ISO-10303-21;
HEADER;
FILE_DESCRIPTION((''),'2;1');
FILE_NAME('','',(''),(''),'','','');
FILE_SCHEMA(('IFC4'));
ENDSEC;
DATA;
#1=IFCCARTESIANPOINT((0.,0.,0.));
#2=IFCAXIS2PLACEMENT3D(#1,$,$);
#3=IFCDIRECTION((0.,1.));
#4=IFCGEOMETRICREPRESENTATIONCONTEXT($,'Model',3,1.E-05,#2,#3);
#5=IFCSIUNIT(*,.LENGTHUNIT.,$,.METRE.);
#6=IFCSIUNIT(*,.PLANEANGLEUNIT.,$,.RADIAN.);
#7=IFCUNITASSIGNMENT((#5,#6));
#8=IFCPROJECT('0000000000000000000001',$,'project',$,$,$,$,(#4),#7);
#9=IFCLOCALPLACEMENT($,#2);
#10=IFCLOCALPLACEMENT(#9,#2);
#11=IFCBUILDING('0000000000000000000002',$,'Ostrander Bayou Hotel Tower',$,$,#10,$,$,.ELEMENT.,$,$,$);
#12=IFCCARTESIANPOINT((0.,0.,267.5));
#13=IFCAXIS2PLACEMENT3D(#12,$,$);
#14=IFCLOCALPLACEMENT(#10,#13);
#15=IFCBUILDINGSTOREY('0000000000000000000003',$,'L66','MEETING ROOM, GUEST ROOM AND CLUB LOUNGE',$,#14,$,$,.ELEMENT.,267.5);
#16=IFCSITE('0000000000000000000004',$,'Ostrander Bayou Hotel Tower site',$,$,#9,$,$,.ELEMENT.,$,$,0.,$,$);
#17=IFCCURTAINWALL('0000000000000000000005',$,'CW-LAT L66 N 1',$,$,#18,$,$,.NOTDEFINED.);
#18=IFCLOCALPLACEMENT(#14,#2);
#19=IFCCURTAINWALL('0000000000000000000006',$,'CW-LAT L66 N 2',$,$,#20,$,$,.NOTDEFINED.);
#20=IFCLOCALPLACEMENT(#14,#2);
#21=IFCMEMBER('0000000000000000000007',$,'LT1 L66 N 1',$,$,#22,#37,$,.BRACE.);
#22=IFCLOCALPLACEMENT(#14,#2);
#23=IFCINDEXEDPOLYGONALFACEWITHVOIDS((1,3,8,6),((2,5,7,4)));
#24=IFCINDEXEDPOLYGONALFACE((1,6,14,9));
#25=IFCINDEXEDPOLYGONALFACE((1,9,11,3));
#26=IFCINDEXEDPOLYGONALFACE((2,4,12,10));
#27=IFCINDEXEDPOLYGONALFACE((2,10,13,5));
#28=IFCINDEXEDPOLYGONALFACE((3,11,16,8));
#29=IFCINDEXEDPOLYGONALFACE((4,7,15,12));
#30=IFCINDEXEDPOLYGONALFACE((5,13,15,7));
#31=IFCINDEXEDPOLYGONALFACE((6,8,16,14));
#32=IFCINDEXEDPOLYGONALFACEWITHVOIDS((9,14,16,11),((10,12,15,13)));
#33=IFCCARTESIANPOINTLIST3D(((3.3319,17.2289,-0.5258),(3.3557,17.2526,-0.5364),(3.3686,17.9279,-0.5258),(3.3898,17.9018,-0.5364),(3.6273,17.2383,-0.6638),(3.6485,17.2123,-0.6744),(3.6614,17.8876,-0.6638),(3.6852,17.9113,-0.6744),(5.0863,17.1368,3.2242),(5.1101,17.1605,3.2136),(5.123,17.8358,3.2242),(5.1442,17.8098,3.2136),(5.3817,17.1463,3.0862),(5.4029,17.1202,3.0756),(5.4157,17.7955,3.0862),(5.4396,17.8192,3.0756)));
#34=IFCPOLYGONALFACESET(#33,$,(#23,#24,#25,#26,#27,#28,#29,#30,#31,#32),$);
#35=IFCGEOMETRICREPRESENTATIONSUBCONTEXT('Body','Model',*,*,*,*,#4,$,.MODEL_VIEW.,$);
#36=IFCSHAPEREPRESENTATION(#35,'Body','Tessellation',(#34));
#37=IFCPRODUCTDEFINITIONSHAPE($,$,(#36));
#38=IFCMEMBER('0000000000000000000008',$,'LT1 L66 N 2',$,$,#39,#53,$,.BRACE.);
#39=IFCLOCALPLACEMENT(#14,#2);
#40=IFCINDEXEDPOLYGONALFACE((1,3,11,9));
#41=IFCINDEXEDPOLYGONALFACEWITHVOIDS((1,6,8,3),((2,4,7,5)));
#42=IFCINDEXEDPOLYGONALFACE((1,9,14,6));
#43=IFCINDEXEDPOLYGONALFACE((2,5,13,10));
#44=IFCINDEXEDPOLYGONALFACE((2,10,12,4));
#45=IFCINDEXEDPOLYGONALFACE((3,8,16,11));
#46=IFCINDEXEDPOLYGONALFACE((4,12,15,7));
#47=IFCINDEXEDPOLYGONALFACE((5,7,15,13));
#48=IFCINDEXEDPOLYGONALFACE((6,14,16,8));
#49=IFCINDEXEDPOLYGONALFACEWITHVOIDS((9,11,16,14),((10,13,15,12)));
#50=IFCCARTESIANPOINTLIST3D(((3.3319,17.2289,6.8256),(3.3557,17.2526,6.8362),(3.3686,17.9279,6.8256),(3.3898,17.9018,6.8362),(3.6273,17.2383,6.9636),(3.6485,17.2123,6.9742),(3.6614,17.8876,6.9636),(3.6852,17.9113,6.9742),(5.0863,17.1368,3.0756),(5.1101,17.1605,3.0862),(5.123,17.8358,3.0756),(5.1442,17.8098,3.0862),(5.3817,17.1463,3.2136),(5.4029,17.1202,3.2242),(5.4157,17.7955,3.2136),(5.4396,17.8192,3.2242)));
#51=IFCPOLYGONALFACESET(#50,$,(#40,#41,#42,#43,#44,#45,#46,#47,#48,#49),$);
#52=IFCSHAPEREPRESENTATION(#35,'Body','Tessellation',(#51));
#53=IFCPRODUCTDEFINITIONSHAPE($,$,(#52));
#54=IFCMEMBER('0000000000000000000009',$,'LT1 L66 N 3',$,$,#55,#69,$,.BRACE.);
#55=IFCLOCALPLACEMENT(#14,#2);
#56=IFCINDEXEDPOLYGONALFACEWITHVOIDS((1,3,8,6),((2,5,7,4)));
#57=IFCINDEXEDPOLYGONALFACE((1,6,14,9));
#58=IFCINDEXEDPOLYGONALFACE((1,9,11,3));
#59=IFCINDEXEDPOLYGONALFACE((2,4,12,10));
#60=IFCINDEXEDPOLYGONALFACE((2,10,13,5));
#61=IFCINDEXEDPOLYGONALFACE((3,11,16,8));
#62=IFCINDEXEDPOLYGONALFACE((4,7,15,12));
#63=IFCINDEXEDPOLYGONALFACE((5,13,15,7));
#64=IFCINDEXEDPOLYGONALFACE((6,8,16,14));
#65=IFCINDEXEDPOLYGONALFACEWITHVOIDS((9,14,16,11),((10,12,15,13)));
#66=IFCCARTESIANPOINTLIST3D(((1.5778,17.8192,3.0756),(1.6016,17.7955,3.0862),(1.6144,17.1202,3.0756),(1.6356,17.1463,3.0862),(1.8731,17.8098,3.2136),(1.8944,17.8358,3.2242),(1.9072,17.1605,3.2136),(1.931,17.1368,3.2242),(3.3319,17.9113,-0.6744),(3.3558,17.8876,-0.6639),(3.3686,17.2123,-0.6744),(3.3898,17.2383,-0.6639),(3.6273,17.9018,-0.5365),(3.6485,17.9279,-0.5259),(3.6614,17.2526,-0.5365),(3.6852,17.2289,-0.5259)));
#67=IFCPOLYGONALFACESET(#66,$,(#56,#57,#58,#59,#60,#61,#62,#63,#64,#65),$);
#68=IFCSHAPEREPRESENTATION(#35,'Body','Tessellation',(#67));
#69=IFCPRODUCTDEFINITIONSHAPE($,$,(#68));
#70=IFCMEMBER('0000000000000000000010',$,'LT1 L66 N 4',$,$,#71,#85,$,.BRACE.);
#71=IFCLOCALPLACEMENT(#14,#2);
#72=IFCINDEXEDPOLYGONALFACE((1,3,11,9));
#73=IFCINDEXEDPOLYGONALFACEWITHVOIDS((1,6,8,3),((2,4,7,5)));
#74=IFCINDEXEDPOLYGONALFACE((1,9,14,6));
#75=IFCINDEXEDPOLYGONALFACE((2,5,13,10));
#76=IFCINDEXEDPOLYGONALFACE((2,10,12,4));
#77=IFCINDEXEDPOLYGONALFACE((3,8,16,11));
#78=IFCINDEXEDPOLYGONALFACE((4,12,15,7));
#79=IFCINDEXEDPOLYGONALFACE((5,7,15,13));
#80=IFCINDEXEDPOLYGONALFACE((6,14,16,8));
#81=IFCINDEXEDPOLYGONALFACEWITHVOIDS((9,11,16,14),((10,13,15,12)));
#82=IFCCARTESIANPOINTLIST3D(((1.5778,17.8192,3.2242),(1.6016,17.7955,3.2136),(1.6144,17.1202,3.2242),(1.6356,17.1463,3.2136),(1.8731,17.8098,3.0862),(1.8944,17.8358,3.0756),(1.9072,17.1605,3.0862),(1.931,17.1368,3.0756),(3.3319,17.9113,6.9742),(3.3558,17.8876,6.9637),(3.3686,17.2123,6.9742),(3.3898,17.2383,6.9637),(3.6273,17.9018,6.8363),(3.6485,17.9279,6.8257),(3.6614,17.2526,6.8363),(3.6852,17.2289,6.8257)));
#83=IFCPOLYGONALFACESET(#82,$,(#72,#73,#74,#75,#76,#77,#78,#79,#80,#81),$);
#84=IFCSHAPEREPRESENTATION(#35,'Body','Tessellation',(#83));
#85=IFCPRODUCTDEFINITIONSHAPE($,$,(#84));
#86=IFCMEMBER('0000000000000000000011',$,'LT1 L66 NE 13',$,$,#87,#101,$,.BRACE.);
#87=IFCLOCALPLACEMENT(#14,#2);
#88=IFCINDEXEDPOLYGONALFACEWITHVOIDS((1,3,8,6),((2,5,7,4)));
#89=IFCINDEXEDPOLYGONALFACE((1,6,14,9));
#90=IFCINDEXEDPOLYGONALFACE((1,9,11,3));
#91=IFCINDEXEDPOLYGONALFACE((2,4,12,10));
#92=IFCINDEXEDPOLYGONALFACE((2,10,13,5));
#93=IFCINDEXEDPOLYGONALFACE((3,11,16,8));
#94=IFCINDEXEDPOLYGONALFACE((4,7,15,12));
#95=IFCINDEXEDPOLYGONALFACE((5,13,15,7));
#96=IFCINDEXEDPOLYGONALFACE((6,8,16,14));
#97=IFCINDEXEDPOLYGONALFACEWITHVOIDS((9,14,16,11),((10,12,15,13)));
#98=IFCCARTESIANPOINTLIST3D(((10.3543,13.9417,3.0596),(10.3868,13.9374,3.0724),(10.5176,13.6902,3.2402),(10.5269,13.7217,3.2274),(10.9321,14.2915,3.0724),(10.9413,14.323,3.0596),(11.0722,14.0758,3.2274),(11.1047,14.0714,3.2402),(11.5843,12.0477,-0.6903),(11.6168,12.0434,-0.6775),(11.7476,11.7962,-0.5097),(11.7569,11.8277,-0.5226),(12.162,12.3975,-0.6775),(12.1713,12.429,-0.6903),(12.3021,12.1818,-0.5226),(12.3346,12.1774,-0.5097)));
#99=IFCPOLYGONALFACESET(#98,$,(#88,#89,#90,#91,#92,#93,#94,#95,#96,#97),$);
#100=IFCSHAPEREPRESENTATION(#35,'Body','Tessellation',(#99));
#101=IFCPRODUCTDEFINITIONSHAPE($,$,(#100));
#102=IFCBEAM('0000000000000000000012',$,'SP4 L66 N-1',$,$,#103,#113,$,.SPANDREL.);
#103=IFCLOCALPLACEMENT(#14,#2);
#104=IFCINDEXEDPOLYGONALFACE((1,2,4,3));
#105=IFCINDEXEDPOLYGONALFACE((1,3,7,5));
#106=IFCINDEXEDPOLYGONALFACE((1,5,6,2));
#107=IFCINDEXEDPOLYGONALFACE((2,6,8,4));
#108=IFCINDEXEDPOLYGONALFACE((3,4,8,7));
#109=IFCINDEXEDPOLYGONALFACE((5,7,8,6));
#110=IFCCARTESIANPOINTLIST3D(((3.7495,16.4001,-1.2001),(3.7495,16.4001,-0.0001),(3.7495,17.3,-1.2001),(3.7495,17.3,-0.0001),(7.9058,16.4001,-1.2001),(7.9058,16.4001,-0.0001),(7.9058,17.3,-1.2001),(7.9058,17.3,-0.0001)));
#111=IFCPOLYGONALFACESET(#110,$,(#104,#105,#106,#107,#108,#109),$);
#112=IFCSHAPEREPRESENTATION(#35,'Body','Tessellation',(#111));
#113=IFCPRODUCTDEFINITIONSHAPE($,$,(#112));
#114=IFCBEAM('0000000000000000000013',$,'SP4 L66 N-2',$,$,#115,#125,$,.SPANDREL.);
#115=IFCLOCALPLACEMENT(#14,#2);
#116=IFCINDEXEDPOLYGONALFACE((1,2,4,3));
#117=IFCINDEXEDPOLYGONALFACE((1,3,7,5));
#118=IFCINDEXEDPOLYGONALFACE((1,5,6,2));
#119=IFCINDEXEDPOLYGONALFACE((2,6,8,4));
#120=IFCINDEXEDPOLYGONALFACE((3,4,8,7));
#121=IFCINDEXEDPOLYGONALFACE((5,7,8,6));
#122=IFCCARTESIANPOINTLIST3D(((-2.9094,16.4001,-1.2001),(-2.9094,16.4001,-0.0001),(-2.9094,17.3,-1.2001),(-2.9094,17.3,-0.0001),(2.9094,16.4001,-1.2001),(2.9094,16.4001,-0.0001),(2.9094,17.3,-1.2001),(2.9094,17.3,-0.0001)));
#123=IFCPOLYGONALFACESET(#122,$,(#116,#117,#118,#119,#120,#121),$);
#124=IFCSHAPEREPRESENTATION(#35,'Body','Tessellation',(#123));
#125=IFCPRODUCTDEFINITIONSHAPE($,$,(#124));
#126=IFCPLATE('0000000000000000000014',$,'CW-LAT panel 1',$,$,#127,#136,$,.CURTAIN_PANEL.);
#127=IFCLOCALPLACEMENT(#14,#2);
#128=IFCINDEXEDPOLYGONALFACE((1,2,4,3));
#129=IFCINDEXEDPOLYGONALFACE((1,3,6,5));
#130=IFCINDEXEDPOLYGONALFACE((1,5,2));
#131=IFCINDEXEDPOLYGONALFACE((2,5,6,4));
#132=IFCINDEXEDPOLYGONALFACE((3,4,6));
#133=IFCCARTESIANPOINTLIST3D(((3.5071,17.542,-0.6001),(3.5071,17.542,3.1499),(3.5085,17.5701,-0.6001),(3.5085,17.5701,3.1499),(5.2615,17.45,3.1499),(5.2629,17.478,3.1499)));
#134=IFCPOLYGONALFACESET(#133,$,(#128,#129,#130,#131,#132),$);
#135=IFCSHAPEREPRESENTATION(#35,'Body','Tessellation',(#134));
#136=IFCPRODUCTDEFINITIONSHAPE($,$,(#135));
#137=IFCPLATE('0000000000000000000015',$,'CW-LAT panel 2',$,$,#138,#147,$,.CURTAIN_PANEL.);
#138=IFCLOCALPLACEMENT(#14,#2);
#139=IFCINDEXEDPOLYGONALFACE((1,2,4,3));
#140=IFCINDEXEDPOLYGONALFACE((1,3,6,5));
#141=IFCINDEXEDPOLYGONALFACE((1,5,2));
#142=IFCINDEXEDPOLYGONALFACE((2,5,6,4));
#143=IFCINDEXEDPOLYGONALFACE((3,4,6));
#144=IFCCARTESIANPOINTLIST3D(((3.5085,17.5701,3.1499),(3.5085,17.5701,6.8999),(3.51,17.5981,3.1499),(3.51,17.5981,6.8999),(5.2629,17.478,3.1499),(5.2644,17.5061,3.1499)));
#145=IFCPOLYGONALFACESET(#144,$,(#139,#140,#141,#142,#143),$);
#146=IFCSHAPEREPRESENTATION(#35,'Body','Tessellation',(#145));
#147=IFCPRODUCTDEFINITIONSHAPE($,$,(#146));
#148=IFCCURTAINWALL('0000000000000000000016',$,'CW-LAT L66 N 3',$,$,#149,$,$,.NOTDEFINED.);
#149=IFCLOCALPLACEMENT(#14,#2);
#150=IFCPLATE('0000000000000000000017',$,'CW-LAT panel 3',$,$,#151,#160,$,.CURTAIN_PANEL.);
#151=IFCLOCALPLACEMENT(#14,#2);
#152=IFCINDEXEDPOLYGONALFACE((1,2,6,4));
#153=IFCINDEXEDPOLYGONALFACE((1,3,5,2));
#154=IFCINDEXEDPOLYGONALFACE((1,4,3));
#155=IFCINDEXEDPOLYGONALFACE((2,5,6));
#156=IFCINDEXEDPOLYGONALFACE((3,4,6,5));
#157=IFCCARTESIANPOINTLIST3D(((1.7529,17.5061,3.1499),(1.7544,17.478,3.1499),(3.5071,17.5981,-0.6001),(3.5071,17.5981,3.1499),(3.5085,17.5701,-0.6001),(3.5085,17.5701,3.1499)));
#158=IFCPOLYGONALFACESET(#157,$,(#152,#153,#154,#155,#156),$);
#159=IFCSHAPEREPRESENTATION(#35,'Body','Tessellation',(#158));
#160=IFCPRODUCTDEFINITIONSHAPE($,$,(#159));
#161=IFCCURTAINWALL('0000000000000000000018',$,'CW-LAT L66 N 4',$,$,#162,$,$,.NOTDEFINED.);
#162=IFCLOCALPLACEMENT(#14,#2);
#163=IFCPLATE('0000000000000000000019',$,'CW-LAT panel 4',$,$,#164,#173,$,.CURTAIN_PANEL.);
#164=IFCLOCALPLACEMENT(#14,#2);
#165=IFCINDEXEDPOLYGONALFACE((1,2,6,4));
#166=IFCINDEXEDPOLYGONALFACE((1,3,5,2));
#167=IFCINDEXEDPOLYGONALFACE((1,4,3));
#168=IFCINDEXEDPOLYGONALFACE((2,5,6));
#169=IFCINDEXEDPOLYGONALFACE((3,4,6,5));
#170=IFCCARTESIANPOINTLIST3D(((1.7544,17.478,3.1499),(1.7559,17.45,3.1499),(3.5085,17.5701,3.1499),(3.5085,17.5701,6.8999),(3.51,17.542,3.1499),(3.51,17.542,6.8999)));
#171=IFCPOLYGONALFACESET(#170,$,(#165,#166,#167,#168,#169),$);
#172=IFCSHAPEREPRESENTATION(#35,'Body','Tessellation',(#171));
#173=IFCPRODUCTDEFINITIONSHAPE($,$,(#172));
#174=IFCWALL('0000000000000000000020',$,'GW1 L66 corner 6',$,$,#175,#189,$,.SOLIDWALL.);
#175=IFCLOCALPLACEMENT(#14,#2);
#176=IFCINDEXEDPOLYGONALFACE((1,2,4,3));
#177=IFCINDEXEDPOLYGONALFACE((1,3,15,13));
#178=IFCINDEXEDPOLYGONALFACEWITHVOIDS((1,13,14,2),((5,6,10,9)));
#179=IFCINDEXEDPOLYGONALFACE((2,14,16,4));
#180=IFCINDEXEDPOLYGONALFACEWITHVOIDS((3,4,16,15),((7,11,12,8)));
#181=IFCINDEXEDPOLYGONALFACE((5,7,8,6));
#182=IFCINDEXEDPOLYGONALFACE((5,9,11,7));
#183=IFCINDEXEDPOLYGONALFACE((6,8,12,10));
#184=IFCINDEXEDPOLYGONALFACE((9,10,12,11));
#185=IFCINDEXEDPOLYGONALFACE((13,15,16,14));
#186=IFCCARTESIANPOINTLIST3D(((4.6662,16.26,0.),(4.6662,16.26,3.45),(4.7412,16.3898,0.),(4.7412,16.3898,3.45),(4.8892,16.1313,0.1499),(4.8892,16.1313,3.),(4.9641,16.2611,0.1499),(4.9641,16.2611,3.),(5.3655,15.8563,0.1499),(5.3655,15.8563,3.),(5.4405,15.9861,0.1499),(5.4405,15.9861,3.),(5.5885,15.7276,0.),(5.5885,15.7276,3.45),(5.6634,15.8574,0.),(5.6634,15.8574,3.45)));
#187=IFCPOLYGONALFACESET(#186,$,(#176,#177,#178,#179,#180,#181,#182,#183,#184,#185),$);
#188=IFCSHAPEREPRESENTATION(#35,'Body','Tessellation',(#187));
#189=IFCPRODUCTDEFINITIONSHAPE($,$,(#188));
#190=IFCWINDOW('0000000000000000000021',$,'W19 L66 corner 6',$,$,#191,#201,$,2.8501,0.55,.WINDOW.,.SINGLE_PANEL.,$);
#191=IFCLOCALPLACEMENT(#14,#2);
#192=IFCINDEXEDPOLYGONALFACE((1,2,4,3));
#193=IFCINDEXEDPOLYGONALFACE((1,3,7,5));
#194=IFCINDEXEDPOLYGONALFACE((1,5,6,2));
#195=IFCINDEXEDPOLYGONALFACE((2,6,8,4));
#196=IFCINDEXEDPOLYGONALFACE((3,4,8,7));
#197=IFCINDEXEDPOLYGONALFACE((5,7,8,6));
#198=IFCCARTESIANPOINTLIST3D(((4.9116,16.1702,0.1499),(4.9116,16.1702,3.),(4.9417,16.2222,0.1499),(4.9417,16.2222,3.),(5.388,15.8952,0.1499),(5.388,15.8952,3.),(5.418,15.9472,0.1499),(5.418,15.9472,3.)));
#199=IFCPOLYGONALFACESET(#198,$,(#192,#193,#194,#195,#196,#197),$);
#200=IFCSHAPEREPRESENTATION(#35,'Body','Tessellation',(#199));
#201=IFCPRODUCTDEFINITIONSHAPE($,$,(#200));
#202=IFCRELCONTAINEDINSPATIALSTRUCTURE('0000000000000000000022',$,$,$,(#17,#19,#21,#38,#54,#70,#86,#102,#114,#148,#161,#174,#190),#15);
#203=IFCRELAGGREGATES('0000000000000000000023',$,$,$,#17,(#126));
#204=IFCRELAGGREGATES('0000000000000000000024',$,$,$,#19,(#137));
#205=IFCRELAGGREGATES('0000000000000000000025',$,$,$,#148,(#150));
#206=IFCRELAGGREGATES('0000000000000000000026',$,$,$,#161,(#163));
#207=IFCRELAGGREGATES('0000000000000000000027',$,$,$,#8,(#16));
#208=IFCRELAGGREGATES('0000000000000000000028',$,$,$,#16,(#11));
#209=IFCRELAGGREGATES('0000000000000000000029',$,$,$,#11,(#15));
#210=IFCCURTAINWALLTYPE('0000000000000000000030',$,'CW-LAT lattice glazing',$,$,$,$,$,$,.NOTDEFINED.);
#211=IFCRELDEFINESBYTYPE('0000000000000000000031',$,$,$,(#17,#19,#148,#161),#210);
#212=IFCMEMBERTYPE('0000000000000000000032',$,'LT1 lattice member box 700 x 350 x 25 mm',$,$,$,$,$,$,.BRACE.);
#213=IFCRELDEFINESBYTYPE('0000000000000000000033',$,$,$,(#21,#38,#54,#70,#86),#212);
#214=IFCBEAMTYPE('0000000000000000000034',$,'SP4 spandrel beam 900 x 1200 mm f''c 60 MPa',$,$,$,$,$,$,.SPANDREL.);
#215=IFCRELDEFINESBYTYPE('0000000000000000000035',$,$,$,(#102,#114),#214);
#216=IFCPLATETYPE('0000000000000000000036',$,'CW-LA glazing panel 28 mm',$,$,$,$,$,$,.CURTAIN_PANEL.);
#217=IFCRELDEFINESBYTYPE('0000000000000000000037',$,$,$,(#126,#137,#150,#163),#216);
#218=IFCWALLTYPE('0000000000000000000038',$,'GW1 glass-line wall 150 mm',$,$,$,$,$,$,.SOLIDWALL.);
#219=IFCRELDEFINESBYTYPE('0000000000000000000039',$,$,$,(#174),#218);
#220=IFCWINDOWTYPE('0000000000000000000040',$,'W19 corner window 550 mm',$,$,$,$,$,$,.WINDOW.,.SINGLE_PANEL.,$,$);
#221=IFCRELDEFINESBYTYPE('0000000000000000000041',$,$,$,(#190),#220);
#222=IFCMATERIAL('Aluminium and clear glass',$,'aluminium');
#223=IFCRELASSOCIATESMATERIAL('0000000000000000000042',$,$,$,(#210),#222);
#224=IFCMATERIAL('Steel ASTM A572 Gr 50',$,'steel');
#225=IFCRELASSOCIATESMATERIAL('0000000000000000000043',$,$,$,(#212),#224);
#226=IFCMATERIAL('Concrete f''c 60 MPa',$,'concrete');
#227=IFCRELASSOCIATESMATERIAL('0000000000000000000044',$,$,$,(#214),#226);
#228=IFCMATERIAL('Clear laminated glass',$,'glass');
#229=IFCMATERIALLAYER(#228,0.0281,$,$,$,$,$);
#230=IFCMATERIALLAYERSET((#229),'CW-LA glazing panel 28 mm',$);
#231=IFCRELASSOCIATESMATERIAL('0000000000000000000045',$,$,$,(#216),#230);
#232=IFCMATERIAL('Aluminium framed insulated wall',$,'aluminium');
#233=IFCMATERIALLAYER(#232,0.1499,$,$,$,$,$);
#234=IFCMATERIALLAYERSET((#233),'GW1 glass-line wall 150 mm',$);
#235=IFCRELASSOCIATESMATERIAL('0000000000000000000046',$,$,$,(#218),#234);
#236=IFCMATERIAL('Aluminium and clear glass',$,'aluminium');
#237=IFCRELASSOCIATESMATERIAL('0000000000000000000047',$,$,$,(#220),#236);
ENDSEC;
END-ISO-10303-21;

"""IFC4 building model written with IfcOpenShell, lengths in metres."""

from ifc_helpers import new_model, si_unit, direction, frame, frame_2d, origin, origin_2d, place, context, subcontext, project, spatial, polyline, rectangle, hollow_rectangle, outline, extrude, material, layer, layer_set, material_profile, profile_set, type_object, element, fill, aggregate, save


model = new_model("IFC4")

# Units and contexts
model_context = context("Model", 3, precision=1e-05, world=origin(), true_north=direction((0.0, 1.0)))
body_context = subcontext(model_context, "Body", "Model", "MODEL_VIEW")
ifc_project = project(units=[si_unit("LENGTHUNIT", "METRE"), si_unit("PLANEANGLEUNIT", "RADIAN")], contexts=[model_context])

# Site, building, storey
site_placement = place(None, origin())
site = spatial("IfcSite", under=ifc_project, at=site_placement, Name="Ostrander Bayou Hotel Tower site", CompositionType="ELEMENT", RefElevation=0.0)
building_placement = place(site_placement, origin())
building = spatial("IfcBuilding", under=site, at=building_placement, Name="Ostrander Bayou Hotel Tower", CompositionType="ELEMENT")
storey_placement = place(building_placement, frame((0.0, 0.0, 267.5)))
storey = spatial("IfcBuildingStorey", under=building, at=storey_placement, Name="L66", Description="MEETING ROOM, GUEST ROOM AND CLUB LOUNGE", CompositionType="ELEMENT", Elevation=267.5)

# Curtain walls
ifc_material_1 = material(Name="Aluminium and clear glass", Category="aluminium")
curtain_wall_type = type_object("IfcCurtainWallType", Name="CW-LAT lattice glazing", PredefinedType="NOTDEFINED", material=ifc_material_1)
curtain_wall_1_placement = place(storey_placement, origin())
curtain_wall_1 = element("IfcCurtainWall", 1, at=curtain_wall_1_placement, inside=storey, type_object=curtain_wall_type, Name="CW-LAT L66 N 1", PredefinedType="NOTDEFINED")
curtain_wall_2_placement = place(storey_placement, origin())
curtain_wall_2 = element("IfcCurtainWall", 2, at=curtain_wall_2_placement, inside=storey, type_object=curtain_wall_type, Name="CW-LAT L66 N 2", PredefinedType="NOTDEFINED")

# Members
ifc_material_2 = material(Name="Steel ASTM A572 Gr 50", Category="steel")
ifc_material_profile_1 = material_profile(ifc_material_2, hollow_rectangle(XDim=0.7, YDim=0.3501, WallThickness=0.0249, at=origin_2d()))
ifc_profile_set_1 = profile_set([ifc_material_profile_1], Name="Steel ASTM A572 Gr 50")
member_type_1 = type_object("IfcMemberType", Name="LT1 lattice member box 700 x 350 x 25 mm", PredefinedType="BRACE", material=ifc_profile_set_1)
for number, where, z_axis, x_axis, name in (
    (3, (5.2629, 17.478, 3.1499), (-0.423652, 0.022226, -0.905552), (-0.052391, -0.998627, 0.0), "LT1 L66 N 1"),
    (4, (5.2629, 17.478, 3.1499), (-0.423652, 0.022226, 0.905552), (-0.052391, -0.998627, 0.0), "LT1 L66 N 2"),
    (5, (1.7544, 17.478, 3.1499), (0.423604, 0.022227, -0.905575), (-0.052398, 0.998626, 0.0), "LT1 L66 N 3"),
    (6, (1.7544, 17.478, 3.1499), (0.423604, 0.022227, 0.905575), (-0.052398, 0.998626, 0.0), "LT1 L66 N 4"),
):
    element("IfcMember", number, at=place(storey_placement, frame(where, z_axis=z_axis, x_axis=x_axis)), inside=storey, type_object=member_type_1, Name=name, PredefinedType="BRACE", context=body_context, shape_type="SweptSolid", body=[
        extrude(hollow_rectangle(XDim=0.7, YDim=0.3501, WallThickness=0.0249, at=origin_2d()), origin(), (0.0, 0.0, 1.0), 4.1411),
    ])
member_1_placement = place(storey_placement, frame((10.7295, 14.0066, 3.1499), z_axis=(0.280976, -0.432674, -0.856648), x_axis=(0.838676, 0.544631, 0.0)))
element("IfcMember", 7, at=member_1_placement, inside=storey, type_object=member_type_1, Name="LT1 L66 NE 13", PredefinedType="BRACE", context=body_context, shape_type="SweptSolid", body=[
    extrude(hollow_rectangle(XDim=0.7, YDim=0.3501, WallThickness=0.0249, at=origin_2d()), origin(), (0.0, 0.0, 1.0), 4.3774),
])

# Beams
ifc_material_3 = material(Name="Concrete f'c 60 MPa", Category="concrete")
ifc_material_profile_2 = material_profile(ifc_material_3, rectangle(XDim=0.8999, YDim=1.2, at=origin_2d()))
ifc_profile_set_2 = profile_set([ifc_material_profile_2], Name="Concrete f'c 60 MPa")
beam_type = type_object("IfcBeamType", Name="SP4 spandrel beam 900 x 1200 mm f'c 60 MPa", PredefinedType="SPANDREL", material=ifc_profile_set_2)
beam_1_placement = place(storey_placement, frame((7.9058, 16.8501, -0.6001), z_axis=(-1.0, 0.0, 0.0), x_axis=(0.0, -1.0, 0.0)))
element("IfcBeam", 8, at=beam_1_placement, inside=storey, type_object=beam_type, Name="SP4 L66 N-1", PredefinedType="SPANDREL", context=body_context, shape_type="SweptSolid", body=[
    extrude(rectangle(XDim=0.8999, YDim=1.2, at=origin_2d()), origin(), (0.0, 0.0, 1.0), 4.1562),
])
beam_2_placement = place(storey_placement, frame((2.9094, 16.8501, -0.6001), z_axis=(-1.0, 0.0, 0.0), x_axis=(0.0, -1.0, 0.0)))
element("IfcBeam", 9, at=beam_2_placement, inside=storey, type_object=beam_type, Name="SP4 L66 N-2", PredefinedType="SPANDREL", context=body_context, shape_type="SweptSolid", body=[
    extrude(rectangle(XDim=0.8999, YDim=1.2, at=origin_2d()), origin(), (0.0, 0.0, 1.0), 5.8188),
])

# Plates
ifc_material_4 = material(Name="Clear laminated glass", Category="glass")
ifc_layer_1 = layer(ifc_material_4, 0.0281)
ifc_layer_set_1 = layer_set([ifc_layer_1], Name="CW-LA glazing panel 28 mm")
plate_type = type_object("IfcPlateType", Name="CW-LA glazing panel 28 mm", PredefinedType="CURTAIN_PANEL", material=ifc_layer_set_1)
plate_1_placement = place(storey_placement, frame((5.2629, 17.478, 3.1499), z_axis=(0.052391, 0.998627, 0.0), x_axis=(-0.423652, 0.022226, -0.905552)))
plate_1 = element("IfcPlate", 10, at=plate_1_placement, type_object=plate_type, Name="CW-LAT panel 1", PredefinedType="CURTAIN_PANEL", context=body_context, shape_type="SweptSolid", body=[
    extrude(outline(polyline([(0.0, 0.0), (4.1411, 0.0), (0.7453, 1.5909), (0.0, 0.0)])), origin(), (0.0, 0.0, -1.0), 0.0281),
])
aggregate(curtain_wall_1, [plate_1])
plate_2_placement = place(storey_placement, frame((5.2629, 17.478, 3.1499), z_axis=(-0.052391, -0.998627, 0.0), x_axis=(-0.423652, 0.022226, 0.905552)))
plate_2 = element("IfcPlate", 11, at=plate_2_placement, type_object=plate_type, Name="CW-LAT panel 2", PredefinedType="CURTAIN_PANEL", context=body_context, shape_type="SweptSolid", body=[
    extrude(outline(polyline([(0.0, 0.0), (4.1411, 0.0), (0.7453, 1.5909), (0.0, 0.0)])), origin(), (0.0, 0.0, -1.0), 0.0281),
])
aggregate(curtain_wall_2, [plate_2])

# Curtain walls, plates
curtain_wall_3_placement = place(storey_placement, origin())
curtain_wall_3 = element("IfcCurtainWall", 12, at=curtain_wall_3_placement, inside=storey, type_object=curtain_wall_type, Name="CW-LAT L66 N 3", PredefinedType="NOTDEFINED")
plate_3_placement = place(storey_placement, frame((1.7544, 17.478, 3.1499), z_axis=(0.052398, -0.998626, 0.0), x_axis=(0.423604, 0.022227, -0.905575)))
plate_3 = element("IfcPlate", 13, at=plate_3_placement, type_object=plate_type, Name="CW-LAT panel 3", PredefinedType="CURTAIN_PANEL", context=body_context, shape_type="SweptSolid", body=[
    extrude(outline(polyline([(0.0, 0.0), (4.141, 0.0), (0.7451, 1.5907), (0.0, 0.0)])), origin(), (0.0, 0.0, -1.0), 0.0281),
])
aggregate(curtain_wall_3, [plate_3])
curtain_wall_4_placement = place(storey_placement, origin())
curtain_wall_4 = element("IfcCurtainWall", 14, at=curtain_wall_4_placement, inside=storey, type_object=curtain_wall_type, Name="CW-LAT L66 N 4", PredefinedType="NOTDEFINED")
plate_4_placement = place(storey_placement, frame((1.7544, 17.478, 3.1499), z_axis=(-0.052398, 0.998626, 0.0), x_axis=(0.423604, 0.022227, 0.905575)))
plate_4 = element("IfcPlate", 15, at=plate_4_placement, type_object=plate_type, Name="CW-LAT panel 4", PredefinedType="CURTAIN_PANEL", context=body_context, shape_type="SweptSolid", body=[
    extrude(outline(polyline([(0.0, 0.0), (4.141, 0.0), (0.7451, 1.5907), (0.0, 0.0)])), origin(), (0.0, 0.0, -1.0), 0.0281),
])
aggregate(curtain_wall_4, [plate_4])

# Wall, opening, window
ifc_material_5 = material(Name="Aluminium framed insulated wall", Category="aluminium")
ifc_layer_2 = layer(ifc_material_5, 0.1499)
ifc_layer_set_2 = layer_set([ifc_layer_2], Name="GW1 glass-line wall 150 mm")
wall_type_1 = type_object("IfcWallType", Name="GW1 glass-line wall 150 mm", PredefinedType="SOLIDWALL", material=ifc_layer_set_2)
wall_1_placement = place(storey_placement, frame((5.626, 15.7925, 0.0), z_axis=(0.0, 0.0, 1.0), x_axis=(-0.866048, 0.499961, 0.0)))
wall_1 = element("IfcWall", 16, at=wall_1_placement, inside=storey, type_object=wall_type_1, Name="GW1 L66 corner 6", PredefinedType="SOLIDWALL", context=body_context, shape_type="SweptSolid", body=[
    extrude(rectangle(XDim=1.0649, YDim=0.1499, at=frame_2d((0.5325, 0.0))), origin(), (0.0, 0.0, 1.0), 3.45),
])
opening_1_placement = place(wall_1_placement, frame((0.2576, 0.0, 0.1499)))
opening_1 = element("IfcOpeningElement", 17, at=opening_1_placement, cuts=wall_1, PredefinedType="OPENING", context=body_context, shape_type="SweptSolid", body=[
    extrude(rectangle(XDim=0.55, YDim=2.8501, at=frame_2d((0.2749, 1.425))), frame((0.0, 0.075, 0.0), z_axis=(0.0, -1.0, 0.0), x_axis=(1.0, 0.0, 0.0)), (0.0, 0.0, 1.0), 0.1499),
])
ifc_material_6 = material(Name="Aluminium and clear glass", Category="aluminium")
window_type_1 = type_object("IfcWindowType", Name="W19 corner window 550 mm", PartitioningType="SINGLE_PANEL", PredefinedType="WINDOW", material=ifc_material_6)
window_1_placement = place(opening_1_placement, origin())
window_1 = element("IfcWindow", 18, at=window_1_placement, inside=storey, type_object=window_type_1, Name="W19 L66 corner 6", OverallHeight=2.8501, OverallWidth=0.55, PartitioningType="SINGLE_PANEL", PredefinedType="WINDOW", context=body_context, shape_type="SweptSolid", body=[
    extrude(rectangle(XDim=0.55, YDim=2.8501, at=frame_2d((0.2749, 1.425))), frame((0.0, 0.03, 0.0), z_axis=(0.0, -1.0, 0.0), x_axis=(1.0, 0.0, 0.0)), (0.0, 0.0, 1.0), 0.0601),
])
fill(opening_1, window_1)

save(model, "model.ifc")
